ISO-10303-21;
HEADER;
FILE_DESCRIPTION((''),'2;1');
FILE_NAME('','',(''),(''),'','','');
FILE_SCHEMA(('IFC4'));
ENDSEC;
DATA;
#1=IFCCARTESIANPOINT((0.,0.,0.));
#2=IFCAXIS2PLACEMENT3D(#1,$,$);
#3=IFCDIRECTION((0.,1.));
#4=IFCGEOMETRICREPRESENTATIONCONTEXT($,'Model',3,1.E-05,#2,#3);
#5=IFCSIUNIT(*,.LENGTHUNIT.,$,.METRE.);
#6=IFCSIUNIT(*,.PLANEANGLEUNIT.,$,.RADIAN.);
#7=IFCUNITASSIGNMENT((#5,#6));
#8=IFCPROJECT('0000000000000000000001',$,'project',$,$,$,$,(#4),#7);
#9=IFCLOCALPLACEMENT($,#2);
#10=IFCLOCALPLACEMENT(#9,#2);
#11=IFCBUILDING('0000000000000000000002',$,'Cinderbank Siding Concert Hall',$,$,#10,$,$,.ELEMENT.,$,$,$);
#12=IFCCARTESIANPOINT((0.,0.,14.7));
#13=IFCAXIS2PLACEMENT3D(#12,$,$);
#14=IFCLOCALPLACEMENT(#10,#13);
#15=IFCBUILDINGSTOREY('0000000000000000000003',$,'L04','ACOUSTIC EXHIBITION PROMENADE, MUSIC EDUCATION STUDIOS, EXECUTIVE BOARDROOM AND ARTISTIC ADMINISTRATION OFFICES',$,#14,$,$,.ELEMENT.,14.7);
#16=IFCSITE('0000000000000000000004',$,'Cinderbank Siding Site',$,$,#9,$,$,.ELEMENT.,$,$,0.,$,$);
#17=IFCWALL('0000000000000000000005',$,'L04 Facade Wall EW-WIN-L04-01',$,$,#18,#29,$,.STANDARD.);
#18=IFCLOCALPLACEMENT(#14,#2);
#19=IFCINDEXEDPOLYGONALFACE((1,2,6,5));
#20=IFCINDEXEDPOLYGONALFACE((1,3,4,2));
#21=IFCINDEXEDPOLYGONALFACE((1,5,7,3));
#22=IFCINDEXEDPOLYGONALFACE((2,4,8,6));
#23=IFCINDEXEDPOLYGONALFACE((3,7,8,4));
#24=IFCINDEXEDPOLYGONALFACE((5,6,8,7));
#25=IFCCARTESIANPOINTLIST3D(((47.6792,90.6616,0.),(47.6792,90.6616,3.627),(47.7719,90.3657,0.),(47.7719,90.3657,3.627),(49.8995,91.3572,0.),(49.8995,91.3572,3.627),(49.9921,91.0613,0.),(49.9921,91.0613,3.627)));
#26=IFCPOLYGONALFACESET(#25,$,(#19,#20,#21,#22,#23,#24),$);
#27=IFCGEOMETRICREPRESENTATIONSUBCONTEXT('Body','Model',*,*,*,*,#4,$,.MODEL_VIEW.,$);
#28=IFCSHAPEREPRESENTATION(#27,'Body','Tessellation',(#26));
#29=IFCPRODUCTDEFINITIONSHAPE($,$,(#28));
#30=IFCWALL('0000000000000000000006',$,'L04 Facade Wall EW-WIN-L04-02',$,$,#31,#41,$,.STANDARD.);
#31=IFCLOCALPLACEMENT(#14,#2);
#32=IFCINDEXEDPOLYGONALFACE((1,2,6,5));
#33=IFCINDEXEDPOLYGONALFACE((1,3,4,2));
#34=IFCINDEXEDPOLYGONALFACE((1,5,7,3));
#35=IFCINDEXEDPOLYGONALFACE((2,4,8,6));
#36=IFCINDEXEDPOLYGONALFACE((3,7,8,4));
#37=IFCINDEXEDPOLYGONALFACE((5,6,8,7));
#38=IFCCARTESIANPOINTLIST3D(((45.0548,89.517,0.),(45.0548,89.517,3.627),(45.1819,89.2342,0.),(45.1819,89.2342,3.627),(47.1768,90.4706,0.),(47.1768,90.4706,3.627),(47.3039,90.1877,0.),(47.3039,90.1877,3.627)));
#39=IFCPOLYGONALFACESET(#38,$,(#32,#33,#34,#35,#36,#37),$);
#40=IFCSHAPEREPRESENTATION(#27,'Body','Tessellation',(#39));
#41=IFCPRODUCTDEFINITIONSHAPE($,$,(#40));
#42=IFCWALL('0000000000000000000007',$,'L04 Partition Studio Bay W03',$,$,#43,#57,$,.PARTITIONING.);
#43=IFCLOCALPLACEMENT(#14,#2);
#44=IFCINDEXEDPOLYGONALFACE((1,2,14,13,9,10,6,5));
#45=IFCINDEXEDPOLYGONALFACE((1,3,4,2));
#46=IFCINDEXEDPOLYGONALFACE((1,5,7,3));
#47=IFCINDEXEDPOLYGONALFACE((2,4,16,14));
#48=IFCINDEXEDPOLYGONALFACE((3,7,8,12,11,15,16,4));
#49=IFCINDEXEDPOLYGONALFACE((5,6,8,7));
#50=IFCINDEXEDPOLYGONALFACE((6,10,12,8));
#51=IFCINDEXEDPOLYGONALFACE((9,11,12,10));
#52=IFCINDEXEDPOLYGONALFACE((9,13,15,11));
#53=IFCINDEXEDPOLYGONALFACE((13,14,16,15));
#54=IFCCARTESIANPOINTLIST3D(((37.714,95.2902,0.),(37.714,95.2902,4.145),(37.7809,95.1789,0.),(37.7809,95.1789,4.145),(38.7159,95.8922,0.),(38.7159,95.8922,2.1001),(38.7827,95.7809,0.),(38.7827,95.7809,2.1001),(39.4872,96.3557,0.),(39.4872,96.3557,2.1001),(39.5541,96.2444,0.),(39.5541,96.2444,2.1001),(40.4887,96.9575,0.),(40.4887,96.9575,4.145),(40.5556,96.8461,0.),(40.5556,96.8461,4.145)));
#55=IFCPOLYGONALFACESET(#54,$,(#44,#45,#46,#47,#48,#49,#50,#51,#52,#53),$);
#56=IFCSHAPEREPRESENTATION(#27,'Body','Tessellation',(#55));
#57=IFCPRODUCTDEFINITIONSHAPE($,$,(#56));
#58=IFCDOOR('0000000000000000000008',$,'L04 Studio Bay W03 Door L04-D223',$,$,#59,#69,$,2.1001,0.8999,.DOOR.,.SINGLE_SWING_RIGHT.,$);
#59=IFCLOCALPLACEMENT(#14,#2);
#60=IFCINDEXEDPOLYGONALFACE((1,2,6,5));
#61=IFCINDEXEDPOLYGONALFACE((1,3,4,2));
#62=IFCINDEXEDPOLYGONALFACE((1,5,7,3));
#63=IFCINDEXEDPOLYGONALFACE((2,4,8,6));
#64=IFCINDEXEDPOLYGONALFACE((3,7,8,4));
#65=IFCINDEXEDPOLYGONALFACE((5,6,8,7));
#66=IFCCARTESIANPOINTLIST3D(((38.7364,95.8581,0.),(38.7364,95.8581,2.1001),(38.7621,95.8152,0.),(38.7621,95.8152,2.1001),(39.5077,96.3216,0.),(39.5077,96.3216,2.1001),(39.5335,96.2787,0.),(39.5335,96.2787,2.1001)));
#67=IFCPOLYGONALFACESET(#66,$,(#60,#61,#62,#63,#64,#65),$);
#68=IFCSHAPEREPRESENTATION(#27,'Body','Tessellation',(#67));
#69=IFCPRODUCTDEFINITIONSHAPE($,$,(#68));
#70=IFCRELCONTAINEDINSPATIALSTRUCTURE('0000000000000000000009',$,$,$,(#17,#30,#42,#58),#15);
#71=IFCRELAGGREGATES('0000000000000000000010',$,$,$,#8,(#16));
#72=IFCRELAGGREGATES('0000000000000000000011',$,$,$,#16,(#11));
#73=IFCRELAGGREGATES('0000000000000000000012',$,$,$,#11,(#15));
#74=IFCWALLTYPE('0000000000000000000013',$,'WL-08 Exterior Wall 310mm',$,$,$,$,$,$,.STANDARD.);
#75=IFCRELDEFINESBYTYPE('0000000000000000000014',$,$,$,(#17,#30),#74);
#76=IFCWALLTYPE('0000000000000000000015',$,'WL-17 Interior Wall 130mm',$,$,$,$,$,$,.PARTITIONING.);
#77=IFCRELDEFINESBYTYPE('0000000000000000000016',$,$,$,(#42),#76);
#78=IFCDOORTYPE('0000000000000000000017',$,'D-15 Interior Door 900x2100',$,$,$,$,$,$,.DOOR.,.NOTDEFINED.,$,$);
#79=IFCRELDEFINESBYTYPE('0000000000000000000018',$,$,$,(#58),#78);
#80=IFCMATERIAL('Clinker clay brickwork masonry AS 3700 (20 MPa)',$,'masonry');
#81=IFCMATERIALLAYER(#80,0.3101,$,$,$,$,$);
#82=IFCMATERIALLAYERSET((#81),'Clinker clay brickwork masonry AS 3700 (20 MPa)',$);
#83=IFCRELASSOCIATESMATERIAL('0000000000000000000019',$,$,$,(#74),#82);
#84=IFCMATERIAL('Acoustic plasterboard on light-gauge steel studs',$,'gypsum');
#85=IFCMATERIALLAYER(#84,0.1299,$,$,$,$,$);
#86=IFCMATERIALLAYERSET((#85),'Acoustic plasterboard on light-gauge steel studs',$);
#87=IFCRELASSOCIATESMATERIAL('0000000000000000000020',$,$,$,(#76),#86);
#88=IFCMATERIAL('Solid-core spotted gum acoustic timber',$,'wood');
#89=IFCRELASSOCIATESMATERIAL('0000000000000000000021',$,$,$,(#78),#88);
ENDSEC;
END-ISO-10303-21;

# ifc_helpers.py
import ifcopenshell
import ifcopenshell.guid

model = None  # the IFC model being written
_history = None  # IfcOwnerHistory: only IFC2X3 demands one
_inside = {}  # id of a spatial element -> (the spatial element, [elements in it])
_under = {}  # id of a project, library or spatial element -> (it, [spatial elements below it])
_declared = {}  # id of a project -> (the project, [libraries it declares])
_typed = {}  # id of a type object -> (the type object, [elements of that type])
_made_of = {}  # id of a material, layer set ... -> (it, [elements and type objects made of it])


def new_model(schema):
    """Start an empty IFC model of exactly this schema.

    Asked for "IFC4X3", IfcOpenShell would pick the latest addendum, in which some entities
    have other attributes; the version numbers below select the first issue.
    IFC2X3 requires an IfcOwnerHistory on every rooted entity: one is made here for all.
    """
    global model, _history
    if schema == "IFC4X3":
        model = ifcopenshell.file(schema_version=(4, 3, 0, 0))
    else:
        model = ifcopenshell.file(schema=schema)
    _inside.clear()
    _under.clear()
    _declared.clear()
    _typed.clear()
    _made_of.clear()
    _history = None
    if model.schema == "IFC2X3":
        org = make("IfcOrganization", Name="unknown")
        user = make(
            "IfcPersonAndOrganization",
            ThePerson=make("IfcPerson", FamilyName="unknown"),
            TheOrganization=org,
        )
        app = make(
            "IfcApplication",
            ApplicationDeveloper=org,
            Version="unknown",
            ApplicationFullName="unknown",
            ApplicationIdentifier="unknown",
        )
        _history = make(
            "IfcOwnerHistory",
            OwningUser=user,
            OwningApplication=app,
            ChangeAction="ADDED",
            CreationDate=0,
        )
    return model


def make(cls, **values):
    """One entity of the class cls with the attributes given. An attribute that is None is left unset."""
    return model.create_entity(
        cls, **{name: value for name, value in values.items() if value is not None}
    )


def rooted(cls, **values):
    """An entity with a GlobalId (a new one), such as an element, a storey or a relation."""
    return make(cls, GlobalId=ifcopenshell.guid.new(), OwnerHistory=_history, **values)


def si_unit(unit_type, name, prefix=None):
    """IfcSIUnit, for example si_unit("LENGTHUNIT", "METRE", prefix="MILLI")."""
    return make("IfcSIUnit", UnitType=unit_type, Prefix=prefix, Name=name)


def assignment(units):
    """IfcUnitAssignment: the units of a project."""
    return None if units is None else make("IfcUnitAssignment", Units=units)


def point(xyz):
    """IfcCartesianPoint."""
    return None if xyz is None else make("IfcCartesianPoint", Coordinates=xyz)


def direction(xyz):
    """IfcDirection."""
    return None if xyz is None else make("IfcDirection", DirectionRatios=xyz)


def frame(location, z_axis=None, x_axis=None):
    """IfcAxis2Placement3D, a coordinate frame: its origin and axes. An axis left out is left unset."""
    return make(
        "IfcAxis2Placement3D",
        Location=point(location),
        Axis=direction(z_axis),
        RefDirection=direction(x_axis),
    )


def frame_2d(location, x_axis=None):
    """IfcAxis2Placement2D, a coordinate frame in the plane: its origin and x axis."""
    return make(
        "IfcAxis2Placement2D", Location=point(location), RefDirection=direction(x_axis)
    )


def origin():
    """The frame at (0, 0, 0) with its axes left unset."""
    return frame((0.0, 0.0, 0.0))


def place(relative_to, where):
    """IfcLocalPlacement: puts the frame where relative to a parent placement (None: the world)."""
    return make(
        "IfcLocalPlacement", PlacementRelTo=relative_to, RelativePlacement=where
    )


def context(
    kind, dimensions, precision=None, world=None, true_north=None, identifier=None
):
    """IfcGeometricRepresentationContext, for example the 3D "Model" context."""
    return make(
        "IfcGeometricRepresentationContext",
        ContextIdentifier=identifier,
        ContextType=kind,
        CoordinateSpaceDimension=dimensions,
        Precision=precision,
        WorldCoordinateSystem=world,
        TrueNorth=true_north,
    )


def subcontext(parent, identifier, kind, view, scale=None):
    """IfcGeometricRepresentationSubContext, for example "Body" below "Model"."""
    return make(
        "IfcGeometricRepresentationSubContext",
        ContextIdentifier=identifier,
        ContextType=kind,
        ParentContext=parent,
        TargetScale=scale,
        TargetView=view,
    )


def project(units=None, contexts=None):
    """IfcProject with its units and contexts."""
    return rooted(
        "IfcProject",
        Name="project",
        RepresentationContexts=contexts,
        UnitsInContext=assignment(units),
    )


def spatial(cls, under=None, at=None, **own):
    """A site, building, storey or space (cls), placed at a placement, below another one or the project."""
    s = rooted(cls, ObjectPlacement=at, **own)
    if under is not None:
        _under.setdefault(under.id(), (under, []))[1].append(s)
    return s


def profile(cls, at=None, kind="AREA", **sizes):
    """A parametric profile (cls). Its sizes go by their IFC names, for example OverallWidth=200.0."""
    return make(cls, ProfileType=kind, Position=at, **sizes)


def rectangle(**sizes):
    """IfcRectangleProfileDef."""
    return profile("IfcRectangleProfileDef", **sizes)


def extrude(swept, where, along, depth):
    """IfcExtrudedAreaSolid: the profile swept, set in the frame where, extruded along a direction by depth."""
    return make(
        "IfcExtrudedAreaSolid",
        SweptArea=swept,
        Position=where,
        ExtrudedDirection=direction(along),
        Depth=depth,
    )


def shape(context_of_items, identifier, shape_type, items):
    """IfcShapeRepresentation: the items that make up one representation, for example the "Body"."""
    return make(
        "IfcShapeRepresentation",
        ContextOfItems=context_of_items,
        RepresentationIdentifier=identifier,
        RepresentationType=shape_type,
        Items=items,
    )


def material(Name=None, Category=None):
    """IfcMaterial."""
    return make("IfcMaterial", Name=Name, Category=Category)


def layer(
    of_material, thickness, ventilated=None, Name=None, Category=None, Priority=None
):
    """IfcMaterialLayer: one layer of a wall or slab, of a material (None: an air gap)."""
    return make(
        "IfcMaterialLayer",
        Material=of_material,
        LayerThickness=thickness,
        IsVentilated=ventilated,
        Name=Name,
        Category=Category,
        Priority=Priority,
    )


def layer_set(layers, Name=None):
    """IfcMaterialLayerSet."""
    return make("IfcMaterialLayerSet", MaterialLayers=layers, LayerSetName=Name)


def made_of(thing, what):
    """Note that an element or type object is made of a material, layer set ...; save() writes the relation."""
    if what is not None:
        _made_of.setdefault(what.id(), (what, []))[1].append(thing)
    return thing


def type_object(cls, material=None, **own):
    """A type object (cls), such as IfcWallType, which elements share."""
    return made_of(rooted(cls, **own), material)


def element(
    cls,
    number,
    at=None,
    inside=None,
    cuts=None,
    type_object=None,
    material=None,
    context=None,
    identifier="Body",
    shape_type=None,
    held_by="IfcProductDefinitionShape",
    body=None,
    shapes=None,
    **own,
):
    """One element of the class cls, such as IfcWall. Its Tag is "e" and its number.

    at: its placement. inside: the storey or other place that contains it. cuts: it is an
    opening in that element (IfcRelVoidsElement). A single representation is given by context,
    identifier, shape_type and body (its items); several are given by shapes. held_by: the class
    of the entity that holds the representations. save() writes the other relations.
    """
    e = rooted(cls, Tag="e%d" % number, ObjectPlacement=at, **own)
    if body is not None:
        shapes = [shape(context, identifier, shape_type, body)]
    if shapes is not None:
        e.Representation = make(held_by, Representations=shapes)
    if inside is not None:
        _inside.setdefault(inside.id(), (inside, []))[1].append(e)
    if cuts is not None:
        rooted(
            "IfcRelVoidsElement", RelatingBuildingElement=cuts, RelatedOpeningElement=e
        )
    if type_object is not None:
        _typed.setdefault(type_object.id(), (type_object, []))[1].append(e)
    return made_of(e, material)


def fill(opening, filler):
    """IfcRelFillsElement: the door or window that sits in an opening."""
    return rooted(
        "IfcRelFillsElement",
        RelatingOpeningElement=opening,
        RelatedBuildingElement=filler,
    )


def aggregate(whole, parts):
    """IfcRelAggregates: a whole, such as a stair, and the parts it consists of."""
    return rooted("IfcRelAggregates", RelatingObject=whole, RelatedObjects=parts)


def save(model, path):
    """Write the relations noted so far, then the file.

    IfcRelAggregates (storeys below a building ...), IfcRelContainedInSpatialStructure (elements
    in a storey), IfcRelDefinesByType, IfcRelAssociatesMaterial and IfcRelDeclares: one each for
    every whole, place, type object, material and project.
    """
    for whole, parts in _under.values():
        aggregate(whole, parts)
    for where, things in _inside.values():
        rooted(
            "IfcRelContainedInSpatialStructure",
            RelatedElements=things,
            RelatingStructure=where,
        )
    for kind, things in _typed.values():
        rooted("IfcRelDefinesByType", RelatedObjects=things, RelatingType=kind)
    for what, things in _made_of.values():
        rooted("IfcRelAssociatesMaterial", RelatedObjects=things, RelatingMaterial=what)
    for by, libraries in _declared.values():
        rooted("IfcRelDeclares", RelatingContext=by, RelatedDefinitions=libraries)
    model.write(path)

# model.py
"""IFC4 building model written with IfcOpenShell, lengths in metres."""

from ifc_helpers import new_model, si_unit, direction, frame, frame_2d, origin, place, context, subcontext, project, spatial, rectangle, extrude, material, layer, layer_set, type_object, element, fill, save


model = new_model("IFC4")

# Units and contexts
model_context = context("Model", 3, precision=1e-05, world=origin(), true_north=direction((0.0, 1.0)))
body_context = subcontext(model_context, "Body", "Model", "MODEL_VIEW")
ifc_project = project(units=[si_unit("LENGTHUNIT", "METRE"), si_unit("PLANEANGLEUNIT", "RADIAN")], contexts=[model_context])

# Site, building, storey
site_placement = place(None, origin())
site = spatial("IfcSite", under=ifc_project, at=site_placement, Name="Cinderbank Siding Site", CompositionType="ELEMENT", RefElevation=0.0)
building_placement = place(site_placement, origin())
building = spatial("IfcBuilding", under=site, at=building_placement, Name="Cinderbank Siding Concert Hall", CompositionType="ELEMENT")
storey_placement = place(building_placement, frame((0.0, 0.0, 14.7)))
storey = spatial("IfcBuildingStorey", under=building, at=storey_placement, Name="L04", Description="ACOUSTIC EXHIBITION PROMENADE, MUSIC EDUCATION STUDIOS, EXECUTIVE BOARDROOM AND ARTISTIC ADMINISTRATION OFFICES", CompositionType="ELEMENT", Elevation=14.7)

# Walls
ifc_material_1 = material(Name="Clinker clay brickwork masonry AS 3700 (20 MPa)", Category="masonry")
ifc_layer_1 = layer(ifc_material_1, 0.3101)
ifc_layer_set_1 = layer_set([ifc_layer_1], Name="Clinker clay brickwork masonry AS 3700 (20 MPa)")
wall_type_1 = type_object("IfcWallType", Name="WL-08 Exterior Wall 310mm", PredefinedType="STANDARD", material=ifc_layer_set_1)
wall_1_placement = place(storey_placement, frame((49.9458, 91.2092, 0.0), z_axis=(0.0, 0.0, 1.0), x_axis=(-0.954267, -0.298956, 0.0)))
element("IfcWall", 1, at=wall_1_placement, inside=storey, type_object=wall_type_1, Name="L04 Facade Wall EW-WIN-L04-01", PredefinedType="STANDARD", context=body_context, shape_type="SweptSolid", body=[
    extrude(rectangle(XDim=2.3267, YDim=0.3101, at=frame_2d((1.1633, 0.0))), origin(), (0.0, 0.0, 1.0), 3.627),
])
wall_2_placement = place(storey_placement, frame((47.2402, 90.3291, 0.0), z_axis=(0.0, 0.0, 1.0), x_axis=(-0.912133, -0.409893, 0.0)))
element("IfcWall", 2, at=wall_2_placement, inside=storey, type_object=wall_type_1, Name="L04 Facade Wall EW-WIN-L04-02", PredefinedType="STANDARD", context=body_context, shape_type="SweptSolid", body=[
    extrude(rectangle(XDim=2.3264, YDim=0.3101, at=frame_2d((1.1631, 0.0))), origin(), (0.0, 0.0, 1.0), 3.627),
])

# Wall, opening, door
ifc_material_2 = material(Name="Acoustic plasterboard on light-gauge steel studs", Category="gypsum")
ifc_layer_2 = layer(ifc_material_2, 0.1299)
ifc_layer_set_2 = layer_set([ifc_layer_2], Name="Acoustic plasterboard on light-gauge steel studs")
wall_type_2 = type_object("IfcWallType", Name="WL-17 Interior Wall 130mm", PredefinedType="PARTITIONING", material=ifc_layer_set_2)
wall_3_placement = place(storey_placement, frame((40.5222, 96.9019, 0.0), z_axis=(0.0, 0.0, 1.0), x_axis=(-0.85716, -0.51505, 0.0)))
wall_3 = element("IfcWall", 3, at=wall_3_placement, inside=storey, type_object=wall_type_2, Name="L04 Partition Studio Bay W03", PredefinedType="PARTITIONING", context=body_context, shape_type="SweptSolid", body=[
    extrude(rectangle(XDim=3.2371, YDim=0.1299, at=frame_2d((1.6187, 0.0))), origin(), (0.0, 0.0, 1.0), 4.145),
])
opening_placement = place(wall_3_placement, frame((1.1685, 0.0, 0.0)))
opening = element("IfcOpeningElement", 4, at=opening_placement, cuts=wall_3, PredefinedType="OPENING", context=body_context, shape_type="SweptSolid", body=[
    extrude(rectangle(XDim=0.8999, YDim=2.1001, at=frame_2d((0.45, 1.05))), frame((0.0, 0.0769, 0.0), z_axis=(0.0, -1.0, 0.0), x_axis=(1.0, 0.0, 0.0)), (0.0, 0.0, 1.0), 0.1538),
])
ifc_material_3 = material(Name="Solid-core spotted gum acoustic timber", Category="wood")
door_type = type_object("IfcDoorType", Name="D-15 Interior Door 900x2100", OperationType="NOTDEFINED", PredefinedType="DOOR", material=ifc_material_3)
door_placement = place(opening_placement, origin())
door = element("IfcDoor", 5, at=door_placement, inside=storey, type_object=door_type, Name="L04 Studio Bay W03 Door L04-D223", OperationType="SINGLE_SWING_RIGHT", OverallHeight=2.1001, OverallWidth=0.8999, PredefinedType="DOOR", context=body_context, shape_type="SweptSolid", body=[
    extrude(rectangle(XDim=0.8999, YDim=2.1001, at=frame_2d((0.45, 1.05))), frame((0.0, 0.0249, 0.0), z_axis=(0.0, -1.0, 0.0), x_axis=(1.0, 0.0, 0.0)), (0.0, 0.0, 1.0), 0.05),
])
fill(opening, door)

save(model, "model.ifc")
